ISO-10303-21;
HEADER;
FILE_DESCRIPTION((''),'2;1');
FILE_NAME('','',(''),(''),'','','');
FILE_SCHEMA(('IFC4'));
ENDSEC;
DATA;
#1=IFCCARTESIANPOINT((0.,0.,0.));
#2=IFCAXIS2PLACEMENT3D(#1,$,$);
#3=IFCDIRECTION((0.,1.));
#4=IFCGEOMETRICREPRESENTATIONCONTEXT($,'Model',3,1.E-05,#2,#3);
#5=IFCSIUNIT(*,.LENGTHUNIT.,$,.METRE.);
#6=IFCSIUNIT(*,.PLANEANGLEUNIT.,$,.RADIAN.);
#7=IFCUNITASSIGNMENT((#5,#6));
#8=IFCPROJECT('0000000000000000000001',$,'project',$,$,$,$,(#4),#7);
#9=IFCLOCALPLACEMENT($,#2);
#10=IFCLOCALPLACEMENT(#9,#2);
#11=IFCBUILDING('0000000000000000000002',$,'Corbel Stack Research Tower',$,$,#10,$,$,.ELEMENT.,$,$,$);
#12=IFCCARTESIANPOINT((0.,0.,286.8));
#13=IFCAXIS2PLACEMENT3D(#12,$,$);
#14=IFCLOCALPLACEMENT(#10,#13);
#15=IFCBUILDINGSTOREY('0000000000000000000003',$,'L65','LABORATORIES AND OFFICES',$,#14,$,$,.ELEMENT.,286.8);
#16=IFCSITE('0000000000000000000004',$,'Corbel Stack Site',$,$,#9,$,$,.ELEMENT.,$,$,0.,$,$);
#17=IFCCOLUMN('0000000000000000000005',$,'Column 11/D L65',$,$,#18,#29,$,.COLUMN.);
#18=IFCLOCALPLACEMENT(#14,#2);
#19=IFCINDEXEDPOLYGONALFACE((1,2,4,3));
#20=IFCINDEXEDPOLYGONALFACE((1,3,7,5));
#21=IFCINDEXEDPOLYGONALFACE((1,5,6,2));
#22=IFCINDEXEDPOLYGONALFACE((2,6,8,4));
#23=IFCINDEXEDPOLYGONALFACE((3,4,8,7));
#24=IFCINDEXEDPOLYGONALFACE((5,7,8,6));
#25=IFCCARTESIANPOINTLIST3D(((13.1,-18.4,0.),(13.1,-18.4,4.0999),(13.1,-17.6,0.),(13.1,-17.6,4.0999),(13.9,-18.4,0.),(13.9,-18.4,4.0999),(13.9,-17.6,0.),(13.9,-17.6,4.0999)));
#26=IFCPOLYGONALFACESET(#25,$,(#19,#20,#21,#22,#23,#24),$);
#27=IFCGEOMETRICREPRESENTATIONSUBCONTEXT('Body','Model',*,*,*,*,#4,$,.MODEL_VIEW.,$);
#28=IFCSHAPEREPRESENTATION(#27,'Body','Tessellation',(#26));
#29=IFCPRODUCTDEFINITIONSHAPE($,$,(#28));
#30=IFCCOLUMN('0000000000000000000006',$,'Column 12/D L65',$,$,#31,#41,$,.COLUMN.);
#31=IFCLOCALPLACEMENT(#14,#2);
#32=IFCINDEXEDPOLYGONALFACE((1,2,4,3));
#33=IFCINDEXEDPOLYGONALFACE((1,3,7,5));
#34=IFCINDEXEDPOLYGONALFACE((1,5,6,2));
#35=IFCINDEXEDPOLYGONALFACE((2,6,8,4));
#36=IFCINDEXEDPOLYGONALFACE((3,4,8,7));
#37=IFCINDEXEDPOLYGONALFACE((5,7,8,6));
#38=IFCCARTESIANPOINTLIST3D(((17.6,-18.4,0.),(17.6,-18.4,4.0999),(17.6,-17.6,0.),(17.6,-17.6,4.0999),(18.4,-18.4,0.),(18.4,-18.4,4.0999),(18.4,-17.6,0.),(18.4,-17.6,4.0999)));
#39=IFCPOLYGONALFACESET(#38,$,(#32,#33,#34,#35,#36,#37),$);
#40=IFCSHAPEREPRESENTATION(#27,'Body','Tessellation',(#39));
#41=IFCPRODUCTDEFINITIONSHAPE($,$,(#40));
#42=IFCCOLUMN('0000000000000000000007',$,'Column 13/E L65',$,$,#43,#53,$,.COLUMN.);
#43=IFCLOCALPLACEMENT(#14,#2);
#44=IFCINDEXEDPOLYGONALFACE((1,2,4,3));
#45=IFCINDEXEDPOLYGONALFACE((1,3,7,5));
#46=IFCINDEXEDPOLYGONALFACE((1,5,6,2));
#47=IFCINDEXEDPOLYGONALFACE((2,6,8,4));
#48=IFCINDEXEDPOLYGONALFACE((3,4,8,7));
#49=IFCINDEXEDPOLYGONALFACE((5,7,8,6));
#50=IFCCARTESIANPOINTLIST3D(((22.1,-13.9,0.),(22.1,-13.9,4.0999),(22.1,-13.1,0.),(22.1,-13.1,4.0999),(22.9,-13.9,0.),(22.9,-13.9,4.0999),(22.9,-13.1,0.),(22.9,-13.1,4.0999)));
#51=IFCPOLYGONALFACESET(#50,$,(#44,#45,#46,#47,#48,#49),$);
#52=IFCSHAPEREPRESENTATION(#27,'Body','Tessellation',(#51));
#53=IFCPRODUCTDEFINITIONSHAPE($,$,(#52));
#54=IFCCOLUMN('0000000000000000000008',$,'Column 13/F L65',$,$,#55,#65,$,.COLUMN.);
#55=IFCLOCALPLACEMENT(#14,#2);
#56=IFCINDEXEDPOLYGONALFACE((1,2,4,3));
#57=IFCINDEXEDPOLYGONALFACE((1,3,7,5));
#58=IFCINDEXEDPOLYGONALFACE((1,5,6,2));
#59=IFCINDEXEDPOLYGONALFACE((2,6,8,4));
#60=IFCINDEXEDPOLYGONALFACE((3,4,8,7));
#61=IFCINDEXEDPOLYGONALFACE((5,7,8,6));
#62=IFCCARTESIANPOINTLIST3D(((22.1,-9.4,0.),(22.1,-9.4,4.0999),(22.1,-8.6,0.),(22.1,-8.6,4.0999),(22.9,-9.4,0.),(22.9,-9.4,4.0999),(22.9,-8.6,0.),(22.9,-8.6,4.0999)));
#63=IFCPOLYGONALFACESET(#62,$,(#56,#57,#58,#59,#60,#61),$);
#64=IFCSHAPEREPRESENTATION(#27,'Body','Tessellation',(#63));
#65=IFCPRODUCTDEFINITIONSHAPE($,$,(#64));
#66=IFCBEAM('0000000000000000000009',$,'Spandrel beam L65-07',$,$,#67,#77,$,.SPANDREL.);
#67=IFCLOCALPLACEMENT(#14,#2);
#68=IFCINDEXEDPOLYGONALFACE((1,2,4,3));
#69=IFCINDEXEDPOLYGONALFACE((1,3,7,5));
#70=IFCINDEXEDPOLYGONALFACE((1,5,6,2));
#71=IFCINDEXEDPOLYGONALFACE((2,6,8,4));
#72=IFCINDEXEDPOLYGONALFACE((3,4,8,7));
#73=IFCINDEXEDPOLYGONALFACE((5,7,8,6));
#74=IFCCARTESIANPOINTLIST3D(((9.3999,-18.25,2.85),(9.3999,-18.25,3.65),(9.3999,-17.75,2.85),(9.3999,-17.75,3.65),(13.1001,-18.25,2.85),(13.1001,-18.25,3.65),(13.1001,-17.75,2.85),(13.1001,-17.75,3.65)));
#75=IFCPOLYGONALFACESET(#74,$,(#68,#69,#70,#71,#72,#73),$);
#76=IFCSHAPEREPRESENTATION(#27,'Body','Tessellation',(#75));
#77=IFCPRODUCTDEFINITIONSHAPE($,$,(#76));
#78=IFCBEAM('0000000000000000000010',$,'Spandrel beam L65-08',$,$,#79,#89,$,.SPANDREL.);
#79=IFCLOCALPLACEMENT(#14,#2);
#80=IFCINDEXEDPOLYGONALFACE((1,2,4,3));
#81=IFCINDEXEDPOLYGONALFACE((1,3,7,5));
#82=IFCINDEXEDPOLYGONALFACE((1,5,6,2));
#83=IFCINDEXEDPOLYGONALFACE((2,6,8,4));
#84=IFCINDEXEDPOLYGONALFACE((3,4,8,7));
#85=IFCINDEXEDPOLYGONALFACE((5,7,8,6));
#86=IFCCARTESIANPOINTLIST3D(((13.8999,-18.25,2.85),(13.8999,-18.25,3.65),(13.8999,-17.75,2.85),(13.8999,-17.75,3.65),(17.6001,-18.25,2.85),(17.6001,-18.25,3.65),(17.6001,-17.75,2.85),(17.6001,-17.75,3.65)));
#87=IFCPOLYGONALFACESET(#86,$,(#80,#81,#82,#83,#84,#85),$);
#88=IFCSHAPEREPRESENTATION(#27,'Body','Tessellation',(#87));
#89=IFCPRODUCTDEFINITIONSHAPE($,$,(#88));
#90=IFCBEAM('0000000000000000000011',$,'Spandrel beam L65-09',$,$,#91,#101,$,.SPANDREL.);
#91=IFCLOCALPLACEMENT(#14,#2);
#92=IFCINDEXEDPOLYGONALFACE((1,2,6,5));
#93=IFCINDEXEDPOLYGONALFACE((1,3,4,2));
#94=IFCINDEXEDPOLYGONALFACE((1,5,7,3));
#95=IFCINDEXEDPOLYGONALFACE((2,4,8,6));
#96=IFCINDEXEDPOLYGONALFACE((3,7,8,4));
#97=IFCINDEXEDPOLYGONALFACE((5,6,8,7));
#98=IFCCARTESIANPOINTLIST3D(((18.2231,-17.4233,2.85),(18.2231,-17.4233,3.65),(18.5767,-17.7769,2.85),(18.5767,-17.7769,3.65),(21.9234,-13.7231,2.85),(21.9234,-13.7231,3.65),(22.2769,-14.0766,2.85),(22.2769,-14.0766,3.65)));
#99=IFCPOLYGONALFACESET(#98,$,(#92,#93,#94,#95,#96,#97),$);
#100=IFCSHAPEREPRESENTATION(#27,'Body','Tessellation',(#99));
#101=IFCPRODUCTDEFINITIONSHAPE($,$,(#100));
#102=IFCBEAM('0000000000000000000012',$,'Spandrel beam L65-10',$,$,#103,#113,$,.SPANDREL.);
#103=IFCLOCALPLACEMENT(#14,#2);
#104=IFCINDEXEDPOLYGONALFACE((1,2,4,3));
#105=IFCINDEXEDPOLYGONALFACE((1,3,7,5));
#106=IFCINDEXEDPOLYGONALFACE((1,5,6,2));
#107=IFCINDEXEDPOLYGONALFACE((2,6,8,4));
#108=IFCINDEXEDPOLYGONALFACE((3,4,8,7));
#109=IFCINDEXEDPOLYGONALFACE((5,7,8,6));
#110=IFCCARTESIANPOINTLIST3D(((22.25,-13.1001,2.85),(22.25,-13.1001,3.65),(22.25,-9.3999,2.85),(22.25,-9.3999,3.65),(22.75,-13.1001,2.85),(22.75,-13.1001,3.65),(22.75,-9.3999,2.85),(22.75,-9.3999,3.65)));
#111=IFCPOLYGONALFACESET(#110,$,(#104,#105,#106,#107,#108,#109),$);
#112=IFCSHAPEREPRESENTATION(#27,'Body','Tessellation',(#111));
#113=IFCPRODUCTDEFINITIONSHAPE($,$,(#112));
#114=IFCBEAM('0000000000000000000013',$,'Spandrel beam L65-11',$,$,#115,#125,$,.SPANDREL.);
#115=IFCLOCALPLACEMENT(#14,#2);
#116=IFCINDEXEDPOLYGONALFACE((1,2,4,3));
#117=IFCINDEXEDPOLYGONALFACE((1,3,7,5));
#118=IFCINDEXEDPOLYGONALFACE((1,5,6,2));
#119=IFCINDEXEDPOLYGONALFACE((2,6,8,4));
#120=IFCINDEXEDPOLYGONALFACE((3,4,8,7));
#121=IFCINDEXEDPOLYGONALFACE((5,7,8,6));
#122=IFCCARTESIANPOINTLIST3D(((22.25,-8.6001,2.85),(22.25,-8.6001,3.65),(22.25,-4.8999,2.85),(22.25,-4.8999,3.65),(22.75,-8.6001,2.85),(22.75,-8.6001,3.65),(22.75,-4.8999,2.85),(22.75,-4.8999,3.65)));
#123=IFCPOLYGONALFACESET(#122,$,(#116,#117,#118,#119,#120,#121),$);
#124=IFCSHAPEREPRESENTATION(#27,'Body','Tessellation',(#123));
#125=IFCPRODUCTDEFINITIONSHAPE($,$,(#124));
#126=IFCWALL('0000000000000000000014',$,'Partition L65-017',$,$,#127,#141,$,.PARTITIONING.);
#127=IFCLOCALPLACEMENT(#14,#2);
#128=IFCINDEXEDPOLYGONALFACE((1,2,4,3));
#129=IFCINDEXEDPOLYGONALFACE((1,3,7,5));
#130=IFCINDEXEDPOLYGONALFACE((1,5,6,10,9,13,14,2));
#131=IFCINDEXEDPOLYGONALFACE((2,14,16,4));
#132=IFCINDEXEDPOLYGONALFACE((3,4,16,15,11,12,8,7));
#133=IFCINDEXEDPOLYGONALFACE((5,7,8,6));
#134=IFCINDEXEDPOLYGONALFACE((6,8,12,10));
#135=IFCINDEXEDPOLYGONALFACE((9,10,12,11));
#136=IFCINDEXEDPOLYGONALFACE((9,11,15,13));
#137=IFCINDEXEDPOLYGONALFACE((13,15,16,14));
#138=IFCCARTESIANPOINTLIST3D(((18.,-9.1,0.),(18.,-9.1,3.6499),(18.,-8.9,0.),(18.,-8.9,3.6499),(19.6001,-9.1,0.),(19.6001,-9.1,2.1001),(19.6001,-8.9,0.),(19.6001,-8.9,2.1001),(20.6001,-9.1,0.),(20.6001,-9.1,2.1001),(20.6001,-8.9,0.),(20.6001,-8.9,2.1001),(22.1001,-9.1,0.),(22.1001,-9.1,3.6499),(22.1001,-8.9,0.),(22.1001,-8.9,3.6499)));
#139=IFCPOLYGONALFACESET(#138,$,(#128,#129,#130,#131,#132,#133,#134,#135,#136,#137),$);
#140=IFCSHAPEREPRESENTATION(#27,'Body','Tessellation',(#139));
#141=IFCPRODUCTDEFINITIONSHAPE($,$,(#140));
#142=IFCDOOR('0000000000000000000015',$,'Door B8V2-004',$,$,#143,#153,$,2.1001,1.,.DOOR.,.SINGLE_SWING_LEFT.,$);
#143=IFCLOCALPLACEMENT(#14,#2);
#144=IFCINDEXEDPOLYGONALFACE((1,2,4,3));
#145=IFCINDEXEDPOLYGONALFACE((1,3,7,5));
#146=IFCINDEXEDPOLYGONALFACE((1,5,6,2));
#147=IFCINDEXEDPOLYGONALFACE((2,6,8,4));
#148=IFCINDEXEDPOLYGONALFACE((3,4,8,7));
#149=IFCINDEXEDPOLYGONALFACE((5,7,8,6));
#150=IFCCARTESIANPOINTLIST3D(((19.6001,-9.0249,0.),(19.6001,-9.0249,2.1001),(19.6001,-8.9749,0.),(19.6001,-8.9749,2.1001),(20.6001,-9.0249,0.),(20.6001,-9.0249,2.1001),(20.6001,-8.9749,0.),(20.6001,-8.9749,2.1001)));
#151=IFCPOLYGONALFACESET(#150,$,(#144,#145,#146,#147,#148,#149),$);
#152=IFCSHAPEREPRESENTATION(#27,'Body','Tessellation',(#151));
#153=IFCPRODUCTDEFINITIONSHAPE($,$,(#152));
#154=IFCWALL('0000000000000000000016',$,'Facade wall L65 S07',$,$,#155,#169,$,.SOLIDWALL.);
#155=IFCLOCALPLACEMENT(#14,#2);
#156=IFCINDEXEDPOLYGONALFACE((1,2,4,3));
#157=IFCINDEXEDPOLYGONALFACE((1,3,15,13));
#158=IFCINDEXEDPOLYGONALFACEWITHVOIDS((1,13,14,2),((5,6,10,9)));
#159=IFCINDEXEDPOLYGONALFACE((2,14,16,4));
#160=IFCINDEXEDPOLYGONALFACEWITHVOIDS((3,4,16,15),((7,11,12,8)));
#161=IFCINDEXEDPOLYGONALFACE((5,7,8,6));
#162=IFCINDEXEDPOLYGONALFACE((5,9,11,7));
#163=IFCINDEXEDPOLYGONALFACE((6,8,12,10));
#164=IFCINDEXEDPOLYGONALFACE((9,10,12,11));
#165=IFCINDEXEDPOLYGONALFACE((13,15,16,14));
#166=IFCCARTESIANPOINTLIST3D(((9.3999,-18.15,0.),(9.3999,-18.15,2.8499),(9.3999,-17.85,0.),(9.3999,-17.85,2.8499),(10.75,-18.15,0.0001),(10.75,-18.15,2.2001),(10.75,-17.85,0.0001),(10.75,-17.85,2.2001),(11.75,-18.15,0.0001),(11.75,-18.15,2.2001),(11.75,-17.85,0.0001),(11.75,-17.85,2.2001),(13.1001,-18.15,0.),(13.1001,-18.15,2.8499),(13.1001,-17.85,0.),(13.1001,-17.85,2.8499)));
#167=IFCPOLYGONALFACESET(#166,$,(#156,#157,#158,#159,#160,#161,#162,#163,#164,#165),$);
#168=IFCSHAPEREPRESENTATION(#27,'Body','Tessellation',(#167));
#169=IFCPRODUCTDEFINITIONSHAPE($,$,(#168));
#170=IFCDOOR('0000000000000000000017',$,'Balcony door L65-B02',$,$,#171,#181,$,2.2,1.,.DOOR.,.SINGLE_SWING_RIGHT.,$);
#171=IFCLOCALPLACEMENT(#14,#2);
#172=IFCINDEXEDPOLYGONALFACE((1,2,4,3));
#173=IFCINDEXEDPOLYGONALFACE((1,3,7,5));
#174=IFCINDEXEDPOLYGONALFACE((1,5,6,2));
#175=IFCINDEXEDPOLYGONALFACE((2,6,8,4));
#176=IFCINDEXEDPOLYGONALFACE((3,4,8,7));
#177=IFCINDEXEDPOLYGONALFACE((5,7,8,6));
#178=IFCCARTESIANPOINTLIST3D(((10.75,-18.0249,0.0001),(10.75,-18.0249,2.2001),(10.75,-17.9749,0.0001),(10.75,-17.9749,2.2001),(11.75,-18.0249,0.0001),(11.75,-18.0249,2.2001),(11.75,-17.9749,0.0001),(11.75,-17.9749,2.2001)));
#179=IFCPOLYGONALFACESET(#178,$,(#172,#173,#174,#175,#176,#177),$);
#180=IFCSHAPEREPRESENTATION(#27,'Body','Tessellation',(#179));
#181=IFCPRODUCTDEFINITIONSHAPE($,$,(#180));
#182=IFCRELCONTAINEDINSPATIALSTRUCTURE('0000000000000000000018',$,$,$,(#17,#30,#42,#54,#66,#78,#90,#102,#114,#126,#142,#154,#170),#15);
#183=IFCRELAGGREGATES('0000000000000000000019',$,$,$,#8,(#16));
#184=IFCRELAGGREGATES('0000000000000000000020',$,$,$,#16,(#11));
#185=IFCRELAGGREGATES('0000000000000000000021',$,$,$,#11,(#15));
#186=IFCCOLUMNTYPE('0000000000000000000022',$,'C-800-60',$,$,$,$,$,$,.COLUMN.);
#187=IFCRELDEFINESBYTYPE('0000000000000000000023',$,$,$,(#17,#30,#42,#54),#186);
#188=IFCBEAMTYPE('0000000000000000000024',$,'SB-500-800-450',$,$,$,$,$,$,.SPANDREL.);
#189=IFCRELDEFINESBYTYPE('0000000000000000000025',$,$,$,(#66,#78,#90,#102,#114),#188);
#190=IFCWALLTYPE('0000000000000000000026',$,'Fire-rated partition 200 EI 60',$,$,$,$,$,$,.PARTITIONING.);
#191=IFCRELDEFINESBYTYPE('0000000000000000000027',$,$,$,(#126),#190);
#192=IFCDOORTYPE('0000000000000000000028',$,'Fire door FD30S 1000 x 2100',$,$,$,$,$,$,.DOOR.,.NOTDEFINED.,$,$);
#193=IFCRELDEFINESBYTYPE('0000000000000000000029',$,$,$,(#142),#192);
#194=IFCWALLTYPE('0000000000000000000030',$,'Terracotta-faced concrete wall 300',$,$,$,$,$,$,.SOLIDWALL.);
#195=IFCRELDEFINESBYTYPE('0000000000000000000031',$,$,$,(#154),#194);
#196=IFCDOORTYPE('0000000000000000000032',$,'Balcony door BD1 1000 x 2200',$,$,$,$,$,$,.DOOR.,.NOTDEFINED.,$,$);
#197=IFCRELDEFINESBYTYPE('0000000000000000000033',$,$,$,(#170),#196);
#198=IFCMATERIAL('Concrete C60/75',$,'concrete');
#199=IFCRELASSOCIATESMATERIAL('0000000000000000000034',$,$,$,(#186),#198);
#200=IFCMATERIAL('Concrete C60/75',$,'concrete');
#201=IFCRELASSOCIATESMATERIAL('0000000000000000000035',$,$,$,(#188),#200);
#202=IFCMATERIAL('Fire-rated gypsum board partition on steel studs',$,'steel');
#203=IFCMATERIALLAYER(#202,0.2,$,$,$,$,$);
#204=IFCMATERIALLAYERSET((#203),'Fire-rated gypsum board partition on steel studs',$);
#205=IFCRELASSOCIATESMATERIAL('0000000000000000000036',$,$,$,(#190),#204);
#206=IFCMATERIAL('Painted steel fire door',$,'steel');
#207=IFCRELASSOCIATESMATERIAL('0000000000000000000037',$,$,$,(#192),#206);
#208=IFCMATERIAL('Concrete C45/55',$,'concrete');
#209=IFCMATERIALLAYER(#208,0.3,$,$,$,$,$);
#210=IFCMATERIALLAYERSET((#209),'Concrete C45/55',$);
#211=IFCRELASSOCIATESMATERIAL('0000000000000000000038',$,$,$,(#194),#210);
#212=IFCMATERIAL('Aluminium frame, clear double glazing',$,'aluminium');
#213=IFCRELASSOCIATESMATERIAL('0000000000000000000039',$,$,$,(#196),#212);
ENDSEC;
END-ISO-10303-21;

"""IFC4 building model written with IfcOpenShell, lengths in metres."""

from ifc_helpers import new_model, si_unit, direction, frame, frame_2d, origin, origin_2d, place, context, subcontext, project, spatial, rectangle, extrude, material, layer, layer_set, material_profile, profile_set, type_object, element, fill, save


model = new_model("IFC4")

# Units and contexts
model_context = context("Model", 3, precision=1e-05, world=origin(), true_north=direction((0.0, 1.0)))
body_context = subcontext(model_context, "Body", "Model", "MODEL_VIEW")
ifc_project = project(units=[si_unit("LENGTHUNIT", "METRE"), si_unit("PLANEANGLEUNIT", "RADIAN")], contexts=[model_context])

# Site, building, storey
site_placement = place(None, origin())
site = spatial("IfcSite", under=ifc_project, at=site_placement, Name="Corbel Stack Site", CompositionType="ELEMENT", RefElevation=0.0)
building_placement = place(site_placement, origin())
building = spatial("IfcBuilding", under=site, at=building_placement, Name="Corbel Stack Research Tower", CompositionType="ELEMENT")
storey_placement = place(building_placement, frame((0.0, 0.0, 286.8)))
storey = spatial("IfcBuildingStorey", under=building, at=storey_placement, Name="L65", Description="LABORATORIES AND OFFICES", CompositionType="ELEMENT", Elevation=286.8)

# Columns
ifc_material_1 = material(Name="Concrete C60/75", Category="concrete")
ifc_material_profile_1 = material_profile(ifc_material_1, rectangle(XDim=0.8, YDim=0.8, at=origin_2d()), Name="RC 800 x 800")
ifc_profile_set_1 = profile_set([ifc_material_profile_1], Name="Concrete C60/75")
column_type = type_object("IfcColumnType", Name="C-800-60", PredefinedType="COLUMN", material=ifc_profile_set_1)
for number, where, z_axis, x_axis, name in (
    (1, (13.5, -18.0, 0.0), (0.0, 0.0, 1.0), (1.0, 0.0, 0.0), "Column 11/D L65"),
    (2, (18.0, -18.0, 0.0), (0.0, 0.0, 1.0), (1.0, 0.0, 0.0), "Column 12/D L65"),
    (3, (22.5, -13.5, 0.0), (0.0, 0.0, 1.0), (1.0, 0.0, 0.0), "Column 13/E L65"),
    (4, (22.5, -9.0, 0.0), (0.0, 0.0, 1.0), (1.0, 0.0, 0.0), "Column 13/F L65"),
):
    element("IfcColumn", number, at=place(storey_placement, frame(where, z_axis=z_axis, x_axis=x_axis)), inside=storey, type_object=column_type, Name=name, PredefinedType="COLUMN", context=body_context, shape_type="SweptSolid", body=[
        extrude(rectangle(XDim=0.8, YDim=0.8, at=origin_2d()), origin(), (0.0, 0.0, 1.0), 4.0999),
    ])

# Beams
ifc_material_2 = material(Name="Concrete C60/75", Category="concrete")
ifc_material_profile_2 = material_profile(ifc_material_2, rectangle(XDim=0.5, YDim=0.8, at=origin_2d()), Name="RC 500 x 800")
ifc_profile_set_2 = profile_set([ifc_material_profile_2], Name="Concrete C60/75")
beam_type = type_object("IfcBeamType", Name="SB-500-800-450", PredefinedType="SPANDREL", material=ifc_profile_set_2)
for number, where, z_axis, x_axis, name in (
    (5, (9.3999, -18.0, 3.25), (1.0, 0.0, 0.0), (0.0, 1.0, 0.0), "Spandrel beam L65-07"),
    (6, (13.8999, -18.0, 3.25), (1.0, 0.0, 0.0), (0.0, 1.0, 0.0), "Spandrel beam L65-08"),
):
    element("IfcBeam", number, at=place(storey_placement, frame(where, z_axis=z_axis, x_axis=x_axis)), inside=storey, type_object=beam_type, Name=name, PredefinedType="SPANDREL", context=body_context, shape_type="SweptSolid", body=[
        extrude(rectangle(XDim=0.5, YDim=0.8, at=origin_2d()), origin(), (0.0, 0.0, 1.0), 3.7002),
    ])
beam_placement = place(storey_placement, frame((18.3999, -17.6001, 3.25), z_axis=(0.707107, 0.707107, 0.0), x_axis=(-0.707107, 0.707107, 0.0)))
element("IfcBeam", 7, at=beam_placement, inside=storey, type_object=beam_type, Name="Spandrel beam L65-09", PredefinedType="SPANDREL", context=body_context, shape_type="SweptSolid", body=[
    extrude(rectangle(XDim=0.5, YDim=0.8, at=origin_2d()), origin(), (0.0, 0.0, 1.0), 5.2329),
])
for number, where, z_axis, x_axis, name in (
    (8, (22.5, -13.1001, 3.25), (0.0, 1.0, 0.0), (-1.0, 0.0, 0.0), "Spandrel beam L65-10"),
    (9, (22.5, -8.6001, 3.25), (0.0, 1.0, 0.0), (-1.0, 0.0, 0.0), "Spandrel beam L65-11"),
):
    element("IfcBeam", number, at=place(storey_placement, frame(where, z_axis=z_axis, x_axis=x_axis)), inside=storey, type_object=beam_type, Name=name, PredefinedType="SPANDREL", context=body_context, shape_type="SweptSolid", body=[
        extrude(rectangle(XDim=0.5, YDim=0.8, at=origin_2d()), origin(), (0.0, 0.0, 1.0), 3.7002),
    ])

# Walls, openings, doors
ifc_material_3 = material(Name="Fire-rated gypsum board partition on steel studs", Category="steel")
ifc_layer_1 = layer(ifc_material_3, 0.2)
ifc_layer_set_1 = layer_set([ifc_layer_1], Name="Fire-rated gypsum board partition on steel studs")
wall_type_1 = type_object("IfcWallType", Name="Fire-rated partition 200 EI 60", PredefinedType="PARTITIONING", material=ifc_layer_set_1)
wall_1_placement = place(storey_placement, frame((22.1001, -9.0, 0.0), z_axis=(0.0, 0.0, 1.0), x_axis=(-1.0, 0.0, 0.0)))
wall_1 = element("IfcWall", 10, at=wall_1_placement, inside=storey, type_object=wall_type_1, Name="Partition L65-017", PredefinedType="PARTITIONING", context=body_context, shape_type="SweptSolid", body=[
    extrude(rectangle(XDim=4.1001, YDim=0.2, at=frame_2d((2.05, 0.0))), origin(), (0.0, 0.0, 1.0), 3.6499),
])
opening_1_placement = place(wall_1_placement, frame((1.5, 0.0, 0.0)))
opening_1 = element("IfcOpeningElement", 11, at=opening_1_placement, cuts=wall_1, PredefinedType="OPENING", context=body_context, shape_type="SweptSolid", body=[
    extrude(rectangle(XDim=1.0, YDim=2.1001, at=frame_2d((0.5, 1.05))), frame((0.0, 0.1099, 0.0), z_axis=(0.0, -1.0, 0.0), x_axis=(1.0, 0.0, 0.0)), (0.0, 0.0, 1.0), 0.22),
])
ifc_material_4 = material(Name="Painted steel fire door", Category="steel")
door_type_1 = type_object("IfcDoorType", Name="Fire door FD30S 1000 x 2100", OperationType="NOTDEFINED", PredefinedType="DOOR", material=ifc_material_4)
door_1_placement = place(opening_1_placement, origin())
door_1 = element("IfcDoor", 12, at=door_1_placement, inside=storey, type_object=door_type_1, Name="Door B8V2-004", OperationType="SINGLE_SWING_LEFT", OverallHeight=2.1001, OverallWidth=1.0, PredefinedType="DOOR", context=body_context, shape_type="SweptSolid", body=[
    extrude(rectangle(XDim=1.0, YDim=2.1001, at=frame_2d((0.5, 1.05))), frame((0.0, 0.0249, 0.0), z_axis=(0.0, -1.0, 0.0), x_axis=(1.0, 0.0, 0.0)), (0.0, 0.0, 1.0), 0.05),
])
fill(opening_1, door_1)
ifc_material_5 = material(Name="Concrete C45/55", Category="concrete")
ifc_layer_2 = layer(ifc_material_5, 0.3)
ifc_layer_set_2 = layer_set([ifc_layer_2], Name="Concrete C45/55")
wall_type_2 = type_object("IfcWallType", Name="Terracotta-faced concrete wall 300", PredefinedType="SOLIDWALL", material=ifc_layer_set_2)
wall_2_placement = place(storey_placement, frame((13.1001, -18.0, 0.0), z_axis=(0.0, 0.0, 1.0), x_axis=(-1.0, 0.0, 0.0)))
wall_2 = element("IfcWall", 13, at=wall_2_placement, inside=storey, type_object=wall_type_2, Name="Facade wall L65 S07", PredefinedType="SOLIDWALL", context=body_context, shape_type="SweptSolid", body=[
    extrude(rectangle(XDim=3.7002, YDim=0.3, at=frame_2d((1.8501, 0.0))), origin(), (0.0, 0.0, 1.0), 2.8499),
])
opening_2_placement = place(wall_2_placement, frame((1.3501, 0.0, 0.0)))
opening_2 = element("IfcOpeningElement", 14, at=opening_2_placement, cuts=wall_2, PredefinedType="OPENING", context=body_context, shape_type="SweptSolid", body=[
    extrude(rectangle(XDim=1.0, YDim=2.2, at=frame_2d((0.5, 1.1001))), frame((0.0, 0.1599, 0.0), z_axis=(0.0, -1.0, 0.0), x_axis=(1.0, 0.0, 0.0)), (0.0, 0.0, 1.0), 0.3201),
])
ifc_material_6 = material(Name="Aluminium frame, clear double glazing", Category="aluminium")
door_type_2 = type_object("IfcDoorType", Name="Balcony door BD1 1000 x 2200", OperationType="NOTDEFINED", PredefinedType="DOOR", material=ifc_material_6)
door_2_placement = place(opening_2_placement, origin())
door_2 = element("IfcDoor", 15, at=door_2_placement, inside=storey, type_object=door_type_2, Name="Balcony door L65-B02", OperationType="SINGLE_SWING_RIGHT", OverallHeight=2.2, OverallWidth=1.0, PredefinedType="DOOR", context=body_context, shape_type="SweptSolid", body=[
    extrude(rectangle(XDim=1.0, YDim=2.2, at=frame_2d((0.5, 1.1001))), frame((0.0, 0.0249, 0.0), z_axis=(0.0, -1.0, 0.0), x_axis=(1.0, 0.0, 0.0)), (0.0, 0.0, 1.0), 0.05),
])
fill(opening_2, door_2)

save(model, "model.ifc")
